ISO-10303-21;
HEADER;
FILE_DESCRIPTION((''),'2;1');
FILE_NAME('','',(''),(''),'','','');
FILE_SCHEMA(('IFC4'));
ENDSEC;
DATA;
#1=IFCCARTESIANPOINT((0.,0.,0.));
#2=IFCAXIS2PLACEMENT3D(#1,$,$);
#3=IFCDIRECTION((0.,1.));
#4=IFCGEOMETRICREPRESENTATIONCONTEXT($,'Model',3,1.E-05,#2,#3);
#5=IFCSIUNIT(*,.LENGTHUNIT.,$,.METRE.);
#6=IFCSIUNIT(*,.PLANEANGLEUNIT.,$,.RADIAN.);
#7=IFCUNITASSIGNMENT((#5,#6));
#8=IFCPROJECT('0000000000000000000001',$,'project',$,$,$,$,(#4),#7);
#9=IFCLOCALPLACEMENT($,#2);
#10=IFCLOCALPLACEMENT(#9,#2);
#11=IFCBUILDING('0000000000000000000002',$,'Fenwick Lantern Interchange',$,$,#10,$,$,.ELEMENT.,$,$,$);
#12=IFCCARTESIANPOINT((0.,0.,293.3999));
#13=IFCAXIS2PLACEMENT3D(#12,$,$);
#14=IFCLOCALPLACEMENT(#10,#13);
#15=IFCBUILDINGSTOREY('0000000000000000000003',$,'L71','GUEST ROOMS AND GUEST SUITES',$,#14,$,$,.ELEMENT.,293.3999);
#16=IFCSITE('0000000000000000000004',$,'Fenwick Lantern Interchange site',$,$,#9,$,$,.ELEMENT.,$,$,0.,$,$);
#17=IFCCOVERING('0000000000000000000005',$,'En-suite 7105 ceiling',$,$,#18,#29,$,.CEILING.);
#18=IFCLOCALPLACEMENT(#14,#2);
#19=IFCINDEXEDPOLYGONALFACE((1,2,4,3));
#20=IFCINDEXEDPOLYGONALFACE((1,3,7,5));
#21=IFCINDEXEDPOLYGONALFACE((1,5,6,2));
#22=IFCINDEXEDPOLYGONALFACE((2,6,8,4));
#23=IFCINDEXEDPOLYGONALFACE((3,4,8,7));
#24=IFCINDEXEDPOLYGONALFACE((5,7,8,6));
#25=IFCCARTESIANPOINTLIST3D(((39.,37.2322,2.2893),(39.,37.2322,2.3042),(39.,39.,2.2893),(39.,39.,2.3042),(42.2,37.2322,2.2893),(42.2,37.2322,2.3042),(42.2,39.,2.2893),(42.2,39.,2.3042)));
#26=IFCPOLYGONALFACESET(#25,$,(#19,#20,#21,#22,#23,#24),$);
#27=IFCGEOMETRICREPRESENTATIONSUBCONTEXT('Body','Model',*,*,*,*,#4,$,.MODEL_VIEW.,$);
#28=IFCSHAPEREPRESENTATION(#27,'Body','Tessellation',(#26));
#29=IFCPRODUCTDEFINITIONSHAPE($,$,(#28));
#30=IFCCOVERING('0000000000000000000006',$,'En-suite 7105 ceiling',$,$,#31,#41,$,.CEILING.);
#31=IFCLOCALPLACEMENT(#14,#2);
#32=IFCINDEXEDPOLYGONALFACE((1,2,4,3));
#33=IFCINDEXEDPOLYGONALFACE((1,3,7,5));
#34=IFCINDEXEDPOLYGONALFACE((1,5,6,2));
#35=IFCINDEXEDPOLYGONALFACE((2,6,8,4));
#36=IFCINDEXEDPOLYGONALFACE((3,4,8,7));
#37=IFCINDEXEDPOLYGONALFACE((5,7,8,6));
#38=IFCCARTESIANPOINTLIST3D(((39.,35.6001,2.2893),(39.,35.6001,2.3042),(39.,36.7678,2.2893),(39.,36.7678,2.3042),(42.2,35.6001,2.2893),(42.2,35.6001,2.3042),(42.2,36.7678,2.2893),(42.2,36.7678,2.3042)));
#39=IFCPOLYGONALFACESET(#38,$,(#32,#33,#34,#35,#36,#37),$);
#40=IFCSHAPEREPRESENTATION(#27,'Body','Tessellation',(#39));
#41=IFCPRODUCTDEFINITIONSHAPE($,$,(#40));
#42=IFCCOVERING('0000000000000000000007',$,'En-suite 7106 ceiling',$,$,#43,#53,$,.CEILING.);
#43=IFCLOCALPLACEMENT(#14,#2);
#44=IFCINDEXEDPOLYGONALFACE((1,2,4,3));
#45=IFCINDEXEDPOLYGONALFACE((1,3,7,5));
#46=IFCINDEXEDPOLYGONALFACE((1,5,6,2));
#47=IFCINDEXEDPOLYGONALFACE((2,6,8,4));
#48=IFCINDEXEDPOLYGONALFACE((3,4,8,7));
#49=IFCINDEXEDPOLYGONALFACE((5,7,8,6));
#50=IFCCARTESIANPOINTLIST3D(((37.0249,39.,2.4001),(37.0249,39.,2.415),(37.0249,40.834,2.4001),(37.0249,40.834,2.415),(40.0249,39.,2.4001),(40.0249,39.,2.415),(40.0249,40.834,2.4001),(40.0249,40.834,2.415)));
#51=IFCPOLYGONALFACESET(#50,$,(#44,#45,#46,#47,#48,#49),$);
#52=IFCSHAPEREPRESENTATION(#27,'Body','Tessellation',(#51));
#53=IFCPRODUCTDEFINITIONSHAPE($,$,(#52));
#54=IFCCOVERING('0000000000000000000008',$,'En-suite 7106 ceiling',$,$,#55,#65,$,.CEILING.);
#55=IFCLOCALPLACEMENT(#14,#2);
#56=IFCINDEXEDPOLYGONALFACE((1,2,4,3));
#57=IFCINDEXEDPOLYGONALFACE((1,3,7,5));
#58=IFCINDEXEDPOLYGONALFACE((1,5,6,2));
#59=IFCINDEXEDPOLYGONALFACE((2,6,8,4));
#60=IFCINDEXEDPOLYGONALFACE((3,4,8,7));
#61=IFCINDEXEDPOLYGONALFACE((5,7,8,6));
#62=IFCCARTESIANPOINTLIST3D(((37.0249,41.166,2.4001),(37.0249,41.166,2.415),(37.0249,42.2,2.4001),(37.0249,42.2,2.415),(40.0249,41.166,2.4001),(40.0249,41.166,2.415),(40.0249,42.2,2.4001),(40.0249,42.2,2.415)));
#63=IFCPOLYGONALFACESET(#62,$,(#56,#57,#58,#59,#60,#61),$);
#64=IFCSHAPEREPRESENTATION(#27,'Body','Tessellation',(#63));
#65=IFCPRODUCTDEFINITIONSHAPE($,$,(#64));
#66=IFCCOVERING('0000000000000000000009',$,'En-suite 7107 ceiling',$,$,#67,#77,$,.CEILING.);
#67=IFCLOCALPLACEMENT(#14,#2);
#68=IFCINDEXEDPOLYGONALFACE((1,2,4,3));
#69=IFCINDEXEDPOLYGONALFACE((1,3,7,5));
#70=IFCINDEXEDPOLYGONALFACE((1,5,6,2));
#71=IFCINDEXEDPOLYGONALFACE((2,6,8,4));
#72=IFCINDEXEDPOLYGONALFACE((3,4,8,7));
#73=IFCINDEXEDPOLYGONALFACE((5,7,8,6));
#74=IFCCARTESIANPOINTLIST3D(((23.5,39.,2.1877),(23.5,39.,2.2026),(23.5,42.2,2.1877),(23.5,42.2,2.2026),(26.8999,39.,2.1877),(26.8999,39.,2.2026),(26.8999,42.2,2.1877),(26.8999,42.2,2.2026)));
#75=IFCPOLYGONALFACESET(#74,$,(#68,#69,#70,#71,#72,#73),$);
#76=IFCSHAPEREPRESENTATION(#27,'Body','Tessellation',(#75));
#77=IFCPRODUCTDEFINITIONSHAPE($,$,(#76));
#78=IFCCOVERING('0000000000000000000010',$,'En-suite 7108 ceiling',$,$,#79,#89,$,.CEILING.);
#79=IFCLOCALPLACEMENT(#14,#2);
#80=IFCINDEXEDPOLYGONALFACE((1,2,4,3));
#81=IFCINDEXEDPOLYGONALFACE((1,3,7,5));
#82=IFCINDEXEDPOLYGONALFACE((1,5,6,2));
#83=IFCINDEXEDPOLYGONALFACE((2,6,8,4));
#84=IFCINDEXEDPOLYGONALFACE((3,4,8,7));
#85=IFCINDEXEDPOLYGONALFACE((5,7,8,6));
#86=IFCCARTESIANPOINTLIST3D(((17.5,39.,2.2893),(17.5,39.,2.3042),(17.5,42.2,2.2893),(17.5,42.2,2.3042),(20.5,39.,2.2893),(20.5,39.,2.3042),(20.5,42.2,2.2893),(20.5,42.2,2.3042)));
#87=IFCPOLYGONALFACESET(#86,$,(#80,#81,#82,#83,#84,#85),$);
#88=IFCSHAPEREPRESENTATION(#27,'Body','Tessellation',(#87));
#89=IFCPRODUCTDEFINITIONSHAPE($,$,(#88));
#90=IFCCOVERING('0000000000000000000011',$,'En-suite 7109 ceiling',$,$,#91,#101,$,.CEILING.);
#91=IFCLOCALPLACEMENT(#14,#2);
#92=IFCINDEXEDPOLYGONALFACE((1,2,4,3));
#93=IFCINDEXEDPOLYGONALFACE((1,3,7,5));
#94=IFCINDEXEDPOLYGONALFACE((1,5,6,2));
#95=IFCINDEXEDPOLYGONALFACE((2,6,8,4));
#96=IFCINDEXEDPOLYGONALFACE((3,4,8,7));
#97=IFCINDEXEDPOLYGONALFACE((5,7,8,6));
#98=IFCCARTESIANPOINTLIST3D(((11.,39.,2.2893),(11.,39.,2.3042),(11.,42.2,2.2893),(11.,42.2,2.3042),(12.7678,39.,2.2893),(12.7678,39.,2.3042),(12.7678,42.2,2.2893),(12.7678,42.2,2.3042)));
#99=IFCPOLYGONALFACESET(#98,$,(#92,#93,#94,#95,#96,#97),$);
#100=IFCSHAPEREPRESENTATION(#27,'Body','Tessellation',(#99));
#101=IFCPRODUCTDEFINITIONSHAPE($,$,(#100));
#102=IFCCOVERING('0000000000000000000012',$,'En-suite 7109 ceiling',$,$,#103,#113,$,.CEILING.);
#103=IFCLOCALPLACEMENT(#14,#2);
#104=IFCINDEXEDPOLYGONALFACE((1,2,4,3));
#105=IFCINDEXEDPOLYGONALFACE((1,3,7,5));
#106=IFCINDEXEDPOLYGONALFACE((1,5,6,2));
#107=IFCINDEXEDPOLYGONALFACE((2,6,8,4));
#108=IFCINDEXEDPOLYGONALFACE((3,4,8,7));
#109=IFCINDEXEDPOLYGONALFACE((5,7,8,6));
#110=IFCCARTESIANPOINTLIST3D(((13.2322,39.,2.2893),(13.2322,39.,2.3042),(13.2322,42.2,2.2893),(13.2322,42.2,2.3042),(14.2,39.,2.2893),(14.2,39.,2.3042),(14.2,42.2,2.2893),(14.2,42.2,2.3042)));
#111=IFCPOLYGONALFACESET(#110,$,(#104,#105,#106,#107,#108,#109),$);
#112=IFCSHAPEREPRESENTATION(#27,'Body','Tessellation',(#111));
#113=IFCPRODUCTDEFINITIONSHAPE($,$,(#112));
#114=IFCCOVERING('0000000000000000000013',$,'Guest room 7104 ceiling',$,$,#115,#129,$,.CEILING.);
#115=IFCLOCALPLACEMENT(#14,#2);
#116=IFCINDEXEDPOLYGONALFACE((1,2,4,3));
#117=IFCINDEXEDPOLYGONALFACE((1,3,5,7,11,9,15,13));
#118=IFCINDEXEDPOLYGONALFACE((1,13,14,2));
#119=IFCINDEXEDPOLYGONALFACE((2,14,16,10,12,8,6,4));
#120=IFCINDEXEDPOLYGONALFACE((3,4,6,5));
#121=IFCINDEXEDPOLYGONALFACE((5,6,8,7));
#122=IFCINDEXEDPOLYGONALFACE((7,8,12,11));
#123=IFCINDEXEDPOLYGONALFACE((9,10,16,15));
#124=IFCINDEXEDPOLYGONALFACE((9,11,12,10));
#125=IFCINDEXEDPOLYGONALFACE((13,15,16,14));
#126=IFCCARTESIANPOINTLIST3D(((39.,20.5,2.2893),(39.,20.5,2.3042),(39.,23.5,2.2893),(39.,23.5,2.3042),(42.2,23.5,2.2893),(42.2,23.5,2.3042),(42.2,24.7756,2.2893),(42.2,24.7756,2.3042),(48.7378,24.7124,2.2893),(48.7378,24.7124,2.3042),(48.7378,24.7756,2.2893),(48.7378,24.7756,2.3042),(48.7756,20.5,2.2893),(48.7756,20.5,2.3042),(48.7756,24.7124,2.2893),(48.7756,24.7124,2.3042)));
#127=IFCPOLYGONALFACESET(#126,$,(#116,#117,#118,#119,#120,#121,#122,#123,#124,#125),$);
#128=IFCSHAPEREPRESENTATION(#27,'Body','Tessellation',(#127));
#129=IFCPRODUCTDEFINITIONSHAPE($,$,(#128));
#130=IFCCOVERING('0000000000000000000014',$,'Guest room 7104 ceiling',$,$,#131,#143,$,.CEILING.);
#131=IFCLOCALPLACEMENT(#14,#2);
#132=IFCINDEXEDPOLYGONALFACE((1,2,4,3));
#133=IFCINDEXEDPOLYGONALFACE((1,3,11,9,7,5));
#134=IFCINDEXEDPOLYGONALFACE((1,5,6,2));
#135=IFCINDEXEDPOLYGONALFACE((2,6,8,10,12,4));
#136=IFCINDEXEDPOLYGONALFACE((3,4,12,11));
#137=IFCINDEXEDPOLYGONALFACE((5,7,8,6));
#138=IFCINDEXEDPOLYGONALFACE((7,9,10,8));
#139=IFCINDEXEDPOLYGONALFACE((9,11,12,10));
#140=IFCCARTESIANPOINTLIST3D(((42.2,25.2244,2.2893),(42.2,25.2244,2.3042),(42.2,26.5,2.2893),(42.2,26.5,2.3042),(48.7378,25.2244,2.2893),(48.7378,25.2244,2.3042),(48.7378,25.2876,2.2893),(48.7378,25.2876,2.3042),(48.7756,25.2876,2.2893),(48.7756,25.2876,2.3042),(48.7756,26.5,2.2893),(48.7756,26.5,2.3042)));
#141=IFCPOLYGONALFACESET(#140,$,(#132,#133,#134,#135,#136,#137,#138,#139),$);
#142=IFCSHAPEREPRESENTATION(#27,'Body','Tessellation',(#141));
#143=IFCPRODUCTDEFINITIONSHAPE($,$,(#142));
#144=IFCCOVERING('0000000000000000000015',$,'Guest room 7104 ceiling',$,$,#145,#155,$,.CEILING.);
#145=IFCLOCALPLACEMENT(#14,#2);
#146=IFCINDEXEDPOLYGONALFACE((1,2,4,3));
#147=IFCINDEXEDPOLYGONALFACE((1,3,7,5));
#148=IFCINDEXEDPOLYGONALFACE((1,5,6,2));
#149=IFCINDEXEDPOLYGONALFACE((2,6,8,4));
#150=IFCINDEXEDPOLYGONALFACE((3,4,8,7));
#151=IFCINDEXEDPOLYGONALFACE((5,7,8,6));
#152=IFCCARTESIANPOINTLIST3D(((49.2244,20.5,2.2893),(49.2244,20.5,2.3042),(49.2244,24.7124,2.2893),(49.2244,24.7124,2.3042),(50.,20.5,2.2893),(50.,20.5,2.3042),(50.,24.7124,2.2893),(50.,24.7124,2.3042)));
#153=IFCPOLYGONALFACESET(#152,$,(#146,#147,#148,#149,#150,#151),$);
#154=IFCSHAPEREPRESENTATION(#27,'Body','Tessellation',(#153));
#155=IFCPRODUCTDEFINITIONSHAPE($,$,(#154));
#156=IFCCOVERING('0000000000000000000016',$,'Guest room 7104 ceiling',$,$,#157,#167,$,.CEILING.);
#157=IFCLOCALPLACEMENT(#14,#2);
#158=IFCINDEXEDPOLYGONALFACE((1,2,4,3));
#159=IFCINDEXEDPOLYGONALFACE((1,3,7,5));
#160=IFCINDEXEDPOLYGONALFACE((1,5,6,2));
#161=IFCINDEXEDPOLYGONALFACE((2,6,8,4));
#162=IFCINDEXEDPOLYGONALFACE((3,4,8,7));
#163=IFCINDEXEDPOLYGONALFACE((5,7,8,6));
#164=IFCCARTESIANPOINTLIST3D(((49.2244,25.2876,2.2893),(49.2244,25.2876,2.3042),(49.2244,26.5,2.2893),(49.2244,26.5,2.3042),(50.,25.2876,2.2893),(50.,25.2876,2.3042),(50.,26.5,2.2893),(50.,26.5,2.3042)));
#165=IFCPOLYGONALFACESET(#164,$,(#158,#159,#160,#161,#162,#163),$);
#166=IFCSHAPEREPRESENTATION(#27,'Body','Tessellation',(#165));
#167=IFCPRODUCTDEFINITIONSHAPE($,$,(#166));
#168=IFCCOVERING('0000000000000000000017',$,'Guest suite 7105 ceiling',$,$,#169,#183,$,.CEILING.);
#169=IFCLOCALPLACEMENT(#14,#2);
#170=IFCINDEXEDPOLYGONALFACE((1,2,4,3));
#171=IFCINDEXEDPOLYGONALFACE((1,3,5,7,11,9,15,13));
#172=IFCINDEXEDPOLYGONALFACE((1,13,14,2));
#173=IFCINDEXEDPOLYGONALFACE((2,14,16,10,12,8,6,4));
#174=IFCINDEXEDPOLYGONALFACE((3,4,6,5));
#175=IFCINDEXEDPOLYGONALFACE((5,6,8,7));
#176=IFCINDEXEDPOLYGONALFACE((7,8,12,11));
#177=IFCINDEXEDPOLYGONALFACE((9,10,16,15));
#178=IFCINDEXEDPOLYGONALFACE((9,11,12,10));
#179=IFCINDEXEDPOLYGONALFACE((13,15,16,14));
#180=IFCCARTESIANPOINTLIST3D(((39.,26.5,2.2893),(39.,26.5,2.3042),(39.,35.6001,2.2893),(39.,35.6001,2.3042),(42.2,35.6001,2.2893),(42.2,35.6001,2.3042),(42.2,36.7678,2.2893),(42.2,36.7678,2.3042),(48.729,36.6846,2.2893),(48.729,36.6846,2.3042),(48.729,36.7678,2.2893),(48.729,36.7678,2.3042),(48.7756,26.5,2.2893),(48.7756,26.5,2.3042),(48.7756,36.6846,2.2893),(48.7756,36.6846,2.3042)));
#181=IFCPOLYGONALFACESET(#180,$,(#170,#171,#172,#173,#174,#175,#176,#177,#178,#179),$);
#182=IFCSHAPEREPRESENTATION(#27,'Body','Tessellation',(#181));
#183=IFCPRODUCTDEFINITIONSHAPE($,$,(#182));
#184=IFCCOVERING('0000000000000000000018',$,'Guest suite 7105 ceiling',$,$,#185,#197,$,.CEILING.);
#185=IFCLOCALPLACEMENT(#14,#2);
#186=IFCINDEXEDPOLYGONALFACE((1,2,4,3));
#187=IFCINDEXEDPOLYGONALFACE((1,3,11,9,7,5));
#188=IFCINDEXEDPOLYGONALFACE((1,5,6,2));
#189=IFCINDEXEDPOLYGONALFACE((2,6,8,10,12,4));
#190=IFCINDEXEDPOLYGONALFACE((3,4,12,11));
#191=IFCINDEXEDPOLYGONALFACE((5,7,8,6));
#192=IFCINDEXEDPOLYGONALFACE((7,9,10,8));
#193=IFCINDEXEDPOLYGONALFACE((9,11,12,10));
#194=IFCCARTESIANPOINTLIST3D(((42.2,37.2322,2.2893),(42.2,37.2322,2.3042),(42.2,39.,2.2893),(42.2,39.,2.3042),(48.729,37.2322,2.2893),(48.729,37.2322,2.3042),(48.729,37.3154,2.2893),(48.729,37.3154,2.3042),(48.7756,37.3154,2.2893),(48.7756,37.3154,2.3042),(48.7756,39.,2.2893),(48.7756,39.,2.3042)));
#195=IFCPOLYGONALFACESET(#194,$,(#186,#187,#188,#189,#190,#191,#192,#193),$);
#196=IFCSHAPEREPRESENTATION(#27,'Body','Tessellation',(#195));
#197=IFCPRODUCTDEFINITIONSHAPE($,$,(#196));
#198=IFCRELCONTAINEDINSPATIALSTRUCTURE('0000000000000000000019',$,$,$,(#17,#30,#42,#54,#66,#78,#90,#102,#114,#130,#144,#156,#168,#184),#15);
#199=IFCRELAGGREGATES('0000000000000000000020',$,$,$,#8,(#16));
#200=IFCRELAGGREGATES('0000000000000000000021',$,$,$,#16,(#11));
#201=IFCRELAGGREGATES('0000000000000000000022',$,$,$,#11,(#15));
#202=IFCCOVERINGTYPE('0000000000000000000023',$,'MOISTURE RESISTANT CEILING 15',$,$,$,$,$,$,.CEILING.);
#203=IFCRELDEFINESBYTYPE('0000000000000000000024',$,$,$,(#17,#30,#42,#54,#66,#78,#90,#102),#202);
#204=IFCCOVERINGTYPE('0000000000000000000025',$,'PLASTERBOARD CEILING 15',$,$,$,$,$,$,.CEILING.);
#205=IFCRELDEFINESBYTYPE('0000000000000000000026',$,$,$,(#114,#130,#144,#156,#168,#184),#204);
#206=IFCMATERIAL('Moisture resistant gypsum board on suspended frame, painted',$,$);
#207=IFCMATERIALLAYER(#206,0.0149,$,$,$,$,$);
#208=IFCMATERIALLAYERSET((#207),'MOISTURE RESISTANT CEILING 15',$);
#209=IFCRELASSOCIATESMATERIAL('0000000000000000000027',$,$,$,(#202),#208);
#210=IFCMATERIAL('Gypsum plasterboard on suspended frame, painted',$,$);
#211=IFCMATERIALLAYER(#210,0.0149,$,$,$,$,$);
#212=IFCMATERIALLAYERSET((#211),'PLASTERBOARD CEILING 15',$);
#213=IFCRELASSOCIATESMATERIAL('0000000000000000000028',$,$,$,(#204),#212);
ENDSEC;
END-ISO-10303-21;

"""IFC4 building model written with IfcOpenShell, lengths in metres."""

from ifc_helpers import new_model, si_unit, direction, frame, origin, place, context, subcontext, project, spatial, polyline, outline, extrude, material, layer, layer_set, type_object, element, save


model = new_model("IFC4")

# Units and contexts
model_context = context("Model", 3, precision=1e-05, world=origin(), true_north=direction((0.0, 1.0)))
body_context = subcontext(model_context, "Body", "Model", "MODEL_VIEW")
ifc_project = project(units=[si_unit("LENGTHUNIT", "METRE"), si_unit("PLANEANGLEUNIT", "RADIAN")], contexts=[model_context])

# Site, building, storey
site_placement = place(None, origin())
site = spatial("IfcSite", under=ifc_project, at=site_placement, Name="Fenwick Lantern Interchange site", CompositionType="ELEMENT", RefElevation=0.0)
building_placement = place(site_placement, origin())
building = spatial("IfcBuilding", under=site, at=building_placement, Name="Fenwick Lantern Interchange", CompositionType="ELEMENT")
storey_placement = place(building_placement, frame((0.0, 0.0, 293.3999)))
storey = spatial("IfcBuildingStorey", under=building, at=storey_placement, Name="L71", Description="GUEST ROOMS AND GUEST SUITES", CompositionType="ELEMENT", Elevation=293.3999)

# Coverings
ifc_material_1 = material(Name="Moisture resistant gypsum board on suspended frame, painted")
ifc_layer_1 = layer(ifc_material_1, 0.0149)
ifc_layer_set_1 = layer_set([ifc_layer_1], Name="MOISTURE RESISTANT CEILING 15")
covering_type_1 = type_object("IfcCoveringType", Name="MOISTURE RESISTANT CEILING 15", PredefinedType="CEILING", material=ifc_layer_set_1)
covering_1_placement = place(storey_placement, frame((0.0, 0.0, 2.2893)))
element("IfcCovering", 1, at=covering_1_placement, inside=storey, type_object=covering_type_1, Name="En-suite 7105 ceiling", PredefinedType="CEILING", context=body_context, shape_type="SweptSolid", body=[
    extrude(outline(polyline([(39.0, 39.0), (39.0, 37.2322), (42.2, 37.2322), (42.2, 39.0), (39.0, 39.0)])), origin(), (0.0, 0.0, 1.0), 0.0149),
])
covering_2_placement = place(storey_placement, frame((0.0, 0.0, 2.2893)))
element("IfcCovering", 2, at=covering_2_placement, inside=storey, type_object=covering_type_1, Name="En-suite 7105 ceiling", PredefinedType="CEILING", context=body_context, shape_type="SweptSolid", body=[
    extrude(outline(polyline([(42.2, 35.6001), (42.2, 36.7678), (39.0, 36.7678), (39.0, 35.6001), (42.2, 35.6001)])), origin(), (0.0, 0.0, 1.0), 0.0149),
])
covering_3_placement = place(storey_placement, frame((0.0, 0.0, 2.4001)))
element("IfcCovering", 3, at=covering_3_placement, inside=storey, type_object=covering_type_1, Name="En-suite 7106 ceiling", PredefinedType="CEILING", context=body_context, shape_type="SweptSolid", body=[
    extrude(outline(polyline([(40.0249, 39.0), (40.0249, 40.834), (37.0249, 40.834), (37.0249, 39.0), (40.0249, 39.0)])), origin(), (0.0, 0.0, 1.0), 0.0149),
])
covering_4_placement = place(storey_placement, frame((0.0, 0.0, 2.4001)))
element("IfcCovering", 4, at=covering_4_placement, inside=storey, type_object=covering_type_1, Name="En-suite 7106 ceiling", PredefinedType="CEILING", context=body_context, shape_type="SweptSolid", body=[
    extrude(outline(polyline([(37.0249, 42.2), (37.0249, 41.166), (40.0249, 41.166), (40.0249, 42.2), (37.0249, 42.2)])), origin(), (0.0, 0.0, 1.0), 0.0149),
])
covering_5_placement = place(storey_placement, frame((0.0, 0.0, 2.1877)))
element("IfcCovering", 5, at=covering_5_placement, inside=storey, type_object=covering_type_1, Name="En-suite 7107 ceiling", PredefinedType="CEILING", context=body_context, shape_type="SweptSolid", body=[
    extrude(outline(polyline([(26.8999, 42.2), (23.5, 42.2), (23.5, 39.0), (26.8999, 39.0), (26.8999, 42.2)])), origin(), (0.0, 0.0, 1.0), 0.0149),
])
covering_6_placement = place(storey_placement, frame((0.0, 0.0, 2.2893)))
element("IfcCovering", 6, at=covering_6_placement, inside=storey, type_object=covering_type_1, Name="En-suite 7108 ceiling", PredefinedType="CEILING", context=body_context, shape_type="SweptSolid", body=[
    extrude(outline(polyline([(20.5, 42.2), (17.5, 42.2), (17.5, 39.0), (20.5, 39.0), (20.5, 42.2)])), origin(), (0.0, 0.0, 1.0), 0.0149),
])
covering_7_placement = place(storey_placement, frame((0.0, 0.0, 2.2893)))
element("IfcCovering", 7, at=covering_7_placement, inside=storey, type_object=covering_type_1, Name="En-suite 7109 ceiling", PredefinedType="CEILING", context=body_context, shape_type="SweptSolid", body=[
    extrude(outline(polyline([(11.0, 39.0), (12.7678, 39.0), (12.7678, 42.2), (11.0, 42.2), (11.0, 39.0)])), origin(), (0.0, 0.0, 1.0), 0.0149),
])
covering_8_placement = place(storey_placement, frame((0.0, 0.0, 2.2893)))
element("IfcCovering", 8, at=covering_8_placement, inside=storey, type_object=covering_type_1, Name="En-suite 7109 ceiling", PredefinedType="CEILING", context=body_context, shape_type="SweptSolid", body=[
    extrude(outline(polyline([(14.2, 42.2), (13.2322, 42.2), (13.2322, 39.0), (14.2, 39.0), (14.2, 42.2)])), origin(), (0.0, 0.0, 1.0), 0.0149),
])
ifc_material_2 = material(Name="Gypsum plasterboard on suspended frame, painted")
ifc_layer_2 = layer(ifc_material_2, 0.0149)
ifc_layer_set_2 = layer_set([ifc_layer_2], Name="PLASTERBOARD CEILING 15")
covering_type_2 = type_object("IfcCoveringType", Name="PLASTERBOARD CEILING 15", PredefinedType="CEILING", material=ifc_layer_set_2)
covering_9_placement = place(storey_placement, frame((0.0, 0.0, 2.2893)))
element("IfcCovering", 9, at=covering_9_placement, inside=storey, type_object=covering_type_2, Name="Guest room 7104 ceiling", PredefinedType="CEILING", context=body_context, shape_type="SweptSolid", body=[
    extrude(outline(polyline([(48.7378, 24.7124), (48.7378, 24.7756), (42.2, 24.7756), (42.2, 23.5), (39.0, 23.5), (39.0, 20.5), (48.7756, 20.5), (48.7756, 24.7124), (48.7378, 24.7124)])), origin(), (0.0, 0.0, 1.0), 0.0149),
])
covering_10_placement = place(storey_placement, frame((0.0, 0.0, 2.2893)))
element("IfcCovering", 10, at=covering_10_placement, inside=storey, type_object=covering_type_2, Name="Guest room 7104 ceiling", PredefinedType="CEILING", context=body_context, shape_type="SweptSolid", body=[
    extrude(outline(polyline([(48.7378, 25.2876), (48.7756, 25.2876), (48.7756, 26.5), (42.2, 26.5), (42.2, 25.2244), (48.7378, 25.2244), (48.7378, 25.2876)])), origin(), (0.0, 0.0, 1.0), 0.0149),
])
covering_11_placement = place(storey_placement, frame((0.0, 0.0, 2.2893)))
element("IfcCovering", 11, at=covering_11_placement, inside=storey, type_object=covering_type_2, Name="Guest room 7104 ceiling", PredefinedType="CEILING", context=body_context, shape_type="SweptSolid", body=[
    extrude(outline(polyline([(50.0, 24.7124), (49.2244, 24.7124), (49.2244, 20.5), (50.0, 20.5), (50.0, 24.7124)])), origin(), (0.0, 0.0, 1.0), 0.0149),
])
covering_12_placement = place(storey_placement, frame((0.0, 0.0, 2.2893)))
element("IfcCovering", 12, at=covering_12_placement, inside=storey, type_object=covering_type_2, Name="Guest room 7104 ceiling", PredefinedType="CEILING", context=body_context, shape_type="SweptSolid", body=[
    extrude(outline(polyline([(49.2244, 25.2876), (50.0, 25.2876), (50.0, 26.5), (49.2244, 26.5), (49.2244, 25.2876)])), origin(), (0.0, 0.0, 1.0), 0.0149),
])
covering_13_placement = place(storey_placement, frame((0.0, 0.0, 2.2893)))
element("IfcCovering", 13, at=covering_13_placement, inside=storey, type_object=covering_type_2, Name="Guest suite 7105 ceiling", PredefinedType="CEILING", context=body_context, shape_type="SweptSolid", body=[
    extrude(outline(polyline([(48.729, 36.6846), (48.729, 36.7678), (42.2, 36.7678), (42.2, 35.6001), (39.0, 35.6001), (39.0, 26.5), (48.7756, 26.5), (48.7756, 36.6846), (48.729, 36.6846)])), origin(), (0.0, 0.0, 1.0), 0.0149),
])
covering_14_placement = place(storey_placement, frame((0.0, 0.0, 2.2893)))
element("IfcCovering", 14, at=covering_14_placement, inside=storey, type_object=covering_type_2, Name="Guest suite 7105 ceiling", PredefinedType="CEILING", context=body_context, shape_type="SweptSolid", body=[
    extrude(outline(polyline([(48.729, 37.3154), (48.7756, 37.3154), (48.7756, 39.0), (42.2, 39.0), (42.2, 37.2322), (48.729, 37.2322), (48.729, 37.3154)])), origin(), (0.0, 0.0, 1.0), 0.0149),
])

save(model, "model.ifc")
